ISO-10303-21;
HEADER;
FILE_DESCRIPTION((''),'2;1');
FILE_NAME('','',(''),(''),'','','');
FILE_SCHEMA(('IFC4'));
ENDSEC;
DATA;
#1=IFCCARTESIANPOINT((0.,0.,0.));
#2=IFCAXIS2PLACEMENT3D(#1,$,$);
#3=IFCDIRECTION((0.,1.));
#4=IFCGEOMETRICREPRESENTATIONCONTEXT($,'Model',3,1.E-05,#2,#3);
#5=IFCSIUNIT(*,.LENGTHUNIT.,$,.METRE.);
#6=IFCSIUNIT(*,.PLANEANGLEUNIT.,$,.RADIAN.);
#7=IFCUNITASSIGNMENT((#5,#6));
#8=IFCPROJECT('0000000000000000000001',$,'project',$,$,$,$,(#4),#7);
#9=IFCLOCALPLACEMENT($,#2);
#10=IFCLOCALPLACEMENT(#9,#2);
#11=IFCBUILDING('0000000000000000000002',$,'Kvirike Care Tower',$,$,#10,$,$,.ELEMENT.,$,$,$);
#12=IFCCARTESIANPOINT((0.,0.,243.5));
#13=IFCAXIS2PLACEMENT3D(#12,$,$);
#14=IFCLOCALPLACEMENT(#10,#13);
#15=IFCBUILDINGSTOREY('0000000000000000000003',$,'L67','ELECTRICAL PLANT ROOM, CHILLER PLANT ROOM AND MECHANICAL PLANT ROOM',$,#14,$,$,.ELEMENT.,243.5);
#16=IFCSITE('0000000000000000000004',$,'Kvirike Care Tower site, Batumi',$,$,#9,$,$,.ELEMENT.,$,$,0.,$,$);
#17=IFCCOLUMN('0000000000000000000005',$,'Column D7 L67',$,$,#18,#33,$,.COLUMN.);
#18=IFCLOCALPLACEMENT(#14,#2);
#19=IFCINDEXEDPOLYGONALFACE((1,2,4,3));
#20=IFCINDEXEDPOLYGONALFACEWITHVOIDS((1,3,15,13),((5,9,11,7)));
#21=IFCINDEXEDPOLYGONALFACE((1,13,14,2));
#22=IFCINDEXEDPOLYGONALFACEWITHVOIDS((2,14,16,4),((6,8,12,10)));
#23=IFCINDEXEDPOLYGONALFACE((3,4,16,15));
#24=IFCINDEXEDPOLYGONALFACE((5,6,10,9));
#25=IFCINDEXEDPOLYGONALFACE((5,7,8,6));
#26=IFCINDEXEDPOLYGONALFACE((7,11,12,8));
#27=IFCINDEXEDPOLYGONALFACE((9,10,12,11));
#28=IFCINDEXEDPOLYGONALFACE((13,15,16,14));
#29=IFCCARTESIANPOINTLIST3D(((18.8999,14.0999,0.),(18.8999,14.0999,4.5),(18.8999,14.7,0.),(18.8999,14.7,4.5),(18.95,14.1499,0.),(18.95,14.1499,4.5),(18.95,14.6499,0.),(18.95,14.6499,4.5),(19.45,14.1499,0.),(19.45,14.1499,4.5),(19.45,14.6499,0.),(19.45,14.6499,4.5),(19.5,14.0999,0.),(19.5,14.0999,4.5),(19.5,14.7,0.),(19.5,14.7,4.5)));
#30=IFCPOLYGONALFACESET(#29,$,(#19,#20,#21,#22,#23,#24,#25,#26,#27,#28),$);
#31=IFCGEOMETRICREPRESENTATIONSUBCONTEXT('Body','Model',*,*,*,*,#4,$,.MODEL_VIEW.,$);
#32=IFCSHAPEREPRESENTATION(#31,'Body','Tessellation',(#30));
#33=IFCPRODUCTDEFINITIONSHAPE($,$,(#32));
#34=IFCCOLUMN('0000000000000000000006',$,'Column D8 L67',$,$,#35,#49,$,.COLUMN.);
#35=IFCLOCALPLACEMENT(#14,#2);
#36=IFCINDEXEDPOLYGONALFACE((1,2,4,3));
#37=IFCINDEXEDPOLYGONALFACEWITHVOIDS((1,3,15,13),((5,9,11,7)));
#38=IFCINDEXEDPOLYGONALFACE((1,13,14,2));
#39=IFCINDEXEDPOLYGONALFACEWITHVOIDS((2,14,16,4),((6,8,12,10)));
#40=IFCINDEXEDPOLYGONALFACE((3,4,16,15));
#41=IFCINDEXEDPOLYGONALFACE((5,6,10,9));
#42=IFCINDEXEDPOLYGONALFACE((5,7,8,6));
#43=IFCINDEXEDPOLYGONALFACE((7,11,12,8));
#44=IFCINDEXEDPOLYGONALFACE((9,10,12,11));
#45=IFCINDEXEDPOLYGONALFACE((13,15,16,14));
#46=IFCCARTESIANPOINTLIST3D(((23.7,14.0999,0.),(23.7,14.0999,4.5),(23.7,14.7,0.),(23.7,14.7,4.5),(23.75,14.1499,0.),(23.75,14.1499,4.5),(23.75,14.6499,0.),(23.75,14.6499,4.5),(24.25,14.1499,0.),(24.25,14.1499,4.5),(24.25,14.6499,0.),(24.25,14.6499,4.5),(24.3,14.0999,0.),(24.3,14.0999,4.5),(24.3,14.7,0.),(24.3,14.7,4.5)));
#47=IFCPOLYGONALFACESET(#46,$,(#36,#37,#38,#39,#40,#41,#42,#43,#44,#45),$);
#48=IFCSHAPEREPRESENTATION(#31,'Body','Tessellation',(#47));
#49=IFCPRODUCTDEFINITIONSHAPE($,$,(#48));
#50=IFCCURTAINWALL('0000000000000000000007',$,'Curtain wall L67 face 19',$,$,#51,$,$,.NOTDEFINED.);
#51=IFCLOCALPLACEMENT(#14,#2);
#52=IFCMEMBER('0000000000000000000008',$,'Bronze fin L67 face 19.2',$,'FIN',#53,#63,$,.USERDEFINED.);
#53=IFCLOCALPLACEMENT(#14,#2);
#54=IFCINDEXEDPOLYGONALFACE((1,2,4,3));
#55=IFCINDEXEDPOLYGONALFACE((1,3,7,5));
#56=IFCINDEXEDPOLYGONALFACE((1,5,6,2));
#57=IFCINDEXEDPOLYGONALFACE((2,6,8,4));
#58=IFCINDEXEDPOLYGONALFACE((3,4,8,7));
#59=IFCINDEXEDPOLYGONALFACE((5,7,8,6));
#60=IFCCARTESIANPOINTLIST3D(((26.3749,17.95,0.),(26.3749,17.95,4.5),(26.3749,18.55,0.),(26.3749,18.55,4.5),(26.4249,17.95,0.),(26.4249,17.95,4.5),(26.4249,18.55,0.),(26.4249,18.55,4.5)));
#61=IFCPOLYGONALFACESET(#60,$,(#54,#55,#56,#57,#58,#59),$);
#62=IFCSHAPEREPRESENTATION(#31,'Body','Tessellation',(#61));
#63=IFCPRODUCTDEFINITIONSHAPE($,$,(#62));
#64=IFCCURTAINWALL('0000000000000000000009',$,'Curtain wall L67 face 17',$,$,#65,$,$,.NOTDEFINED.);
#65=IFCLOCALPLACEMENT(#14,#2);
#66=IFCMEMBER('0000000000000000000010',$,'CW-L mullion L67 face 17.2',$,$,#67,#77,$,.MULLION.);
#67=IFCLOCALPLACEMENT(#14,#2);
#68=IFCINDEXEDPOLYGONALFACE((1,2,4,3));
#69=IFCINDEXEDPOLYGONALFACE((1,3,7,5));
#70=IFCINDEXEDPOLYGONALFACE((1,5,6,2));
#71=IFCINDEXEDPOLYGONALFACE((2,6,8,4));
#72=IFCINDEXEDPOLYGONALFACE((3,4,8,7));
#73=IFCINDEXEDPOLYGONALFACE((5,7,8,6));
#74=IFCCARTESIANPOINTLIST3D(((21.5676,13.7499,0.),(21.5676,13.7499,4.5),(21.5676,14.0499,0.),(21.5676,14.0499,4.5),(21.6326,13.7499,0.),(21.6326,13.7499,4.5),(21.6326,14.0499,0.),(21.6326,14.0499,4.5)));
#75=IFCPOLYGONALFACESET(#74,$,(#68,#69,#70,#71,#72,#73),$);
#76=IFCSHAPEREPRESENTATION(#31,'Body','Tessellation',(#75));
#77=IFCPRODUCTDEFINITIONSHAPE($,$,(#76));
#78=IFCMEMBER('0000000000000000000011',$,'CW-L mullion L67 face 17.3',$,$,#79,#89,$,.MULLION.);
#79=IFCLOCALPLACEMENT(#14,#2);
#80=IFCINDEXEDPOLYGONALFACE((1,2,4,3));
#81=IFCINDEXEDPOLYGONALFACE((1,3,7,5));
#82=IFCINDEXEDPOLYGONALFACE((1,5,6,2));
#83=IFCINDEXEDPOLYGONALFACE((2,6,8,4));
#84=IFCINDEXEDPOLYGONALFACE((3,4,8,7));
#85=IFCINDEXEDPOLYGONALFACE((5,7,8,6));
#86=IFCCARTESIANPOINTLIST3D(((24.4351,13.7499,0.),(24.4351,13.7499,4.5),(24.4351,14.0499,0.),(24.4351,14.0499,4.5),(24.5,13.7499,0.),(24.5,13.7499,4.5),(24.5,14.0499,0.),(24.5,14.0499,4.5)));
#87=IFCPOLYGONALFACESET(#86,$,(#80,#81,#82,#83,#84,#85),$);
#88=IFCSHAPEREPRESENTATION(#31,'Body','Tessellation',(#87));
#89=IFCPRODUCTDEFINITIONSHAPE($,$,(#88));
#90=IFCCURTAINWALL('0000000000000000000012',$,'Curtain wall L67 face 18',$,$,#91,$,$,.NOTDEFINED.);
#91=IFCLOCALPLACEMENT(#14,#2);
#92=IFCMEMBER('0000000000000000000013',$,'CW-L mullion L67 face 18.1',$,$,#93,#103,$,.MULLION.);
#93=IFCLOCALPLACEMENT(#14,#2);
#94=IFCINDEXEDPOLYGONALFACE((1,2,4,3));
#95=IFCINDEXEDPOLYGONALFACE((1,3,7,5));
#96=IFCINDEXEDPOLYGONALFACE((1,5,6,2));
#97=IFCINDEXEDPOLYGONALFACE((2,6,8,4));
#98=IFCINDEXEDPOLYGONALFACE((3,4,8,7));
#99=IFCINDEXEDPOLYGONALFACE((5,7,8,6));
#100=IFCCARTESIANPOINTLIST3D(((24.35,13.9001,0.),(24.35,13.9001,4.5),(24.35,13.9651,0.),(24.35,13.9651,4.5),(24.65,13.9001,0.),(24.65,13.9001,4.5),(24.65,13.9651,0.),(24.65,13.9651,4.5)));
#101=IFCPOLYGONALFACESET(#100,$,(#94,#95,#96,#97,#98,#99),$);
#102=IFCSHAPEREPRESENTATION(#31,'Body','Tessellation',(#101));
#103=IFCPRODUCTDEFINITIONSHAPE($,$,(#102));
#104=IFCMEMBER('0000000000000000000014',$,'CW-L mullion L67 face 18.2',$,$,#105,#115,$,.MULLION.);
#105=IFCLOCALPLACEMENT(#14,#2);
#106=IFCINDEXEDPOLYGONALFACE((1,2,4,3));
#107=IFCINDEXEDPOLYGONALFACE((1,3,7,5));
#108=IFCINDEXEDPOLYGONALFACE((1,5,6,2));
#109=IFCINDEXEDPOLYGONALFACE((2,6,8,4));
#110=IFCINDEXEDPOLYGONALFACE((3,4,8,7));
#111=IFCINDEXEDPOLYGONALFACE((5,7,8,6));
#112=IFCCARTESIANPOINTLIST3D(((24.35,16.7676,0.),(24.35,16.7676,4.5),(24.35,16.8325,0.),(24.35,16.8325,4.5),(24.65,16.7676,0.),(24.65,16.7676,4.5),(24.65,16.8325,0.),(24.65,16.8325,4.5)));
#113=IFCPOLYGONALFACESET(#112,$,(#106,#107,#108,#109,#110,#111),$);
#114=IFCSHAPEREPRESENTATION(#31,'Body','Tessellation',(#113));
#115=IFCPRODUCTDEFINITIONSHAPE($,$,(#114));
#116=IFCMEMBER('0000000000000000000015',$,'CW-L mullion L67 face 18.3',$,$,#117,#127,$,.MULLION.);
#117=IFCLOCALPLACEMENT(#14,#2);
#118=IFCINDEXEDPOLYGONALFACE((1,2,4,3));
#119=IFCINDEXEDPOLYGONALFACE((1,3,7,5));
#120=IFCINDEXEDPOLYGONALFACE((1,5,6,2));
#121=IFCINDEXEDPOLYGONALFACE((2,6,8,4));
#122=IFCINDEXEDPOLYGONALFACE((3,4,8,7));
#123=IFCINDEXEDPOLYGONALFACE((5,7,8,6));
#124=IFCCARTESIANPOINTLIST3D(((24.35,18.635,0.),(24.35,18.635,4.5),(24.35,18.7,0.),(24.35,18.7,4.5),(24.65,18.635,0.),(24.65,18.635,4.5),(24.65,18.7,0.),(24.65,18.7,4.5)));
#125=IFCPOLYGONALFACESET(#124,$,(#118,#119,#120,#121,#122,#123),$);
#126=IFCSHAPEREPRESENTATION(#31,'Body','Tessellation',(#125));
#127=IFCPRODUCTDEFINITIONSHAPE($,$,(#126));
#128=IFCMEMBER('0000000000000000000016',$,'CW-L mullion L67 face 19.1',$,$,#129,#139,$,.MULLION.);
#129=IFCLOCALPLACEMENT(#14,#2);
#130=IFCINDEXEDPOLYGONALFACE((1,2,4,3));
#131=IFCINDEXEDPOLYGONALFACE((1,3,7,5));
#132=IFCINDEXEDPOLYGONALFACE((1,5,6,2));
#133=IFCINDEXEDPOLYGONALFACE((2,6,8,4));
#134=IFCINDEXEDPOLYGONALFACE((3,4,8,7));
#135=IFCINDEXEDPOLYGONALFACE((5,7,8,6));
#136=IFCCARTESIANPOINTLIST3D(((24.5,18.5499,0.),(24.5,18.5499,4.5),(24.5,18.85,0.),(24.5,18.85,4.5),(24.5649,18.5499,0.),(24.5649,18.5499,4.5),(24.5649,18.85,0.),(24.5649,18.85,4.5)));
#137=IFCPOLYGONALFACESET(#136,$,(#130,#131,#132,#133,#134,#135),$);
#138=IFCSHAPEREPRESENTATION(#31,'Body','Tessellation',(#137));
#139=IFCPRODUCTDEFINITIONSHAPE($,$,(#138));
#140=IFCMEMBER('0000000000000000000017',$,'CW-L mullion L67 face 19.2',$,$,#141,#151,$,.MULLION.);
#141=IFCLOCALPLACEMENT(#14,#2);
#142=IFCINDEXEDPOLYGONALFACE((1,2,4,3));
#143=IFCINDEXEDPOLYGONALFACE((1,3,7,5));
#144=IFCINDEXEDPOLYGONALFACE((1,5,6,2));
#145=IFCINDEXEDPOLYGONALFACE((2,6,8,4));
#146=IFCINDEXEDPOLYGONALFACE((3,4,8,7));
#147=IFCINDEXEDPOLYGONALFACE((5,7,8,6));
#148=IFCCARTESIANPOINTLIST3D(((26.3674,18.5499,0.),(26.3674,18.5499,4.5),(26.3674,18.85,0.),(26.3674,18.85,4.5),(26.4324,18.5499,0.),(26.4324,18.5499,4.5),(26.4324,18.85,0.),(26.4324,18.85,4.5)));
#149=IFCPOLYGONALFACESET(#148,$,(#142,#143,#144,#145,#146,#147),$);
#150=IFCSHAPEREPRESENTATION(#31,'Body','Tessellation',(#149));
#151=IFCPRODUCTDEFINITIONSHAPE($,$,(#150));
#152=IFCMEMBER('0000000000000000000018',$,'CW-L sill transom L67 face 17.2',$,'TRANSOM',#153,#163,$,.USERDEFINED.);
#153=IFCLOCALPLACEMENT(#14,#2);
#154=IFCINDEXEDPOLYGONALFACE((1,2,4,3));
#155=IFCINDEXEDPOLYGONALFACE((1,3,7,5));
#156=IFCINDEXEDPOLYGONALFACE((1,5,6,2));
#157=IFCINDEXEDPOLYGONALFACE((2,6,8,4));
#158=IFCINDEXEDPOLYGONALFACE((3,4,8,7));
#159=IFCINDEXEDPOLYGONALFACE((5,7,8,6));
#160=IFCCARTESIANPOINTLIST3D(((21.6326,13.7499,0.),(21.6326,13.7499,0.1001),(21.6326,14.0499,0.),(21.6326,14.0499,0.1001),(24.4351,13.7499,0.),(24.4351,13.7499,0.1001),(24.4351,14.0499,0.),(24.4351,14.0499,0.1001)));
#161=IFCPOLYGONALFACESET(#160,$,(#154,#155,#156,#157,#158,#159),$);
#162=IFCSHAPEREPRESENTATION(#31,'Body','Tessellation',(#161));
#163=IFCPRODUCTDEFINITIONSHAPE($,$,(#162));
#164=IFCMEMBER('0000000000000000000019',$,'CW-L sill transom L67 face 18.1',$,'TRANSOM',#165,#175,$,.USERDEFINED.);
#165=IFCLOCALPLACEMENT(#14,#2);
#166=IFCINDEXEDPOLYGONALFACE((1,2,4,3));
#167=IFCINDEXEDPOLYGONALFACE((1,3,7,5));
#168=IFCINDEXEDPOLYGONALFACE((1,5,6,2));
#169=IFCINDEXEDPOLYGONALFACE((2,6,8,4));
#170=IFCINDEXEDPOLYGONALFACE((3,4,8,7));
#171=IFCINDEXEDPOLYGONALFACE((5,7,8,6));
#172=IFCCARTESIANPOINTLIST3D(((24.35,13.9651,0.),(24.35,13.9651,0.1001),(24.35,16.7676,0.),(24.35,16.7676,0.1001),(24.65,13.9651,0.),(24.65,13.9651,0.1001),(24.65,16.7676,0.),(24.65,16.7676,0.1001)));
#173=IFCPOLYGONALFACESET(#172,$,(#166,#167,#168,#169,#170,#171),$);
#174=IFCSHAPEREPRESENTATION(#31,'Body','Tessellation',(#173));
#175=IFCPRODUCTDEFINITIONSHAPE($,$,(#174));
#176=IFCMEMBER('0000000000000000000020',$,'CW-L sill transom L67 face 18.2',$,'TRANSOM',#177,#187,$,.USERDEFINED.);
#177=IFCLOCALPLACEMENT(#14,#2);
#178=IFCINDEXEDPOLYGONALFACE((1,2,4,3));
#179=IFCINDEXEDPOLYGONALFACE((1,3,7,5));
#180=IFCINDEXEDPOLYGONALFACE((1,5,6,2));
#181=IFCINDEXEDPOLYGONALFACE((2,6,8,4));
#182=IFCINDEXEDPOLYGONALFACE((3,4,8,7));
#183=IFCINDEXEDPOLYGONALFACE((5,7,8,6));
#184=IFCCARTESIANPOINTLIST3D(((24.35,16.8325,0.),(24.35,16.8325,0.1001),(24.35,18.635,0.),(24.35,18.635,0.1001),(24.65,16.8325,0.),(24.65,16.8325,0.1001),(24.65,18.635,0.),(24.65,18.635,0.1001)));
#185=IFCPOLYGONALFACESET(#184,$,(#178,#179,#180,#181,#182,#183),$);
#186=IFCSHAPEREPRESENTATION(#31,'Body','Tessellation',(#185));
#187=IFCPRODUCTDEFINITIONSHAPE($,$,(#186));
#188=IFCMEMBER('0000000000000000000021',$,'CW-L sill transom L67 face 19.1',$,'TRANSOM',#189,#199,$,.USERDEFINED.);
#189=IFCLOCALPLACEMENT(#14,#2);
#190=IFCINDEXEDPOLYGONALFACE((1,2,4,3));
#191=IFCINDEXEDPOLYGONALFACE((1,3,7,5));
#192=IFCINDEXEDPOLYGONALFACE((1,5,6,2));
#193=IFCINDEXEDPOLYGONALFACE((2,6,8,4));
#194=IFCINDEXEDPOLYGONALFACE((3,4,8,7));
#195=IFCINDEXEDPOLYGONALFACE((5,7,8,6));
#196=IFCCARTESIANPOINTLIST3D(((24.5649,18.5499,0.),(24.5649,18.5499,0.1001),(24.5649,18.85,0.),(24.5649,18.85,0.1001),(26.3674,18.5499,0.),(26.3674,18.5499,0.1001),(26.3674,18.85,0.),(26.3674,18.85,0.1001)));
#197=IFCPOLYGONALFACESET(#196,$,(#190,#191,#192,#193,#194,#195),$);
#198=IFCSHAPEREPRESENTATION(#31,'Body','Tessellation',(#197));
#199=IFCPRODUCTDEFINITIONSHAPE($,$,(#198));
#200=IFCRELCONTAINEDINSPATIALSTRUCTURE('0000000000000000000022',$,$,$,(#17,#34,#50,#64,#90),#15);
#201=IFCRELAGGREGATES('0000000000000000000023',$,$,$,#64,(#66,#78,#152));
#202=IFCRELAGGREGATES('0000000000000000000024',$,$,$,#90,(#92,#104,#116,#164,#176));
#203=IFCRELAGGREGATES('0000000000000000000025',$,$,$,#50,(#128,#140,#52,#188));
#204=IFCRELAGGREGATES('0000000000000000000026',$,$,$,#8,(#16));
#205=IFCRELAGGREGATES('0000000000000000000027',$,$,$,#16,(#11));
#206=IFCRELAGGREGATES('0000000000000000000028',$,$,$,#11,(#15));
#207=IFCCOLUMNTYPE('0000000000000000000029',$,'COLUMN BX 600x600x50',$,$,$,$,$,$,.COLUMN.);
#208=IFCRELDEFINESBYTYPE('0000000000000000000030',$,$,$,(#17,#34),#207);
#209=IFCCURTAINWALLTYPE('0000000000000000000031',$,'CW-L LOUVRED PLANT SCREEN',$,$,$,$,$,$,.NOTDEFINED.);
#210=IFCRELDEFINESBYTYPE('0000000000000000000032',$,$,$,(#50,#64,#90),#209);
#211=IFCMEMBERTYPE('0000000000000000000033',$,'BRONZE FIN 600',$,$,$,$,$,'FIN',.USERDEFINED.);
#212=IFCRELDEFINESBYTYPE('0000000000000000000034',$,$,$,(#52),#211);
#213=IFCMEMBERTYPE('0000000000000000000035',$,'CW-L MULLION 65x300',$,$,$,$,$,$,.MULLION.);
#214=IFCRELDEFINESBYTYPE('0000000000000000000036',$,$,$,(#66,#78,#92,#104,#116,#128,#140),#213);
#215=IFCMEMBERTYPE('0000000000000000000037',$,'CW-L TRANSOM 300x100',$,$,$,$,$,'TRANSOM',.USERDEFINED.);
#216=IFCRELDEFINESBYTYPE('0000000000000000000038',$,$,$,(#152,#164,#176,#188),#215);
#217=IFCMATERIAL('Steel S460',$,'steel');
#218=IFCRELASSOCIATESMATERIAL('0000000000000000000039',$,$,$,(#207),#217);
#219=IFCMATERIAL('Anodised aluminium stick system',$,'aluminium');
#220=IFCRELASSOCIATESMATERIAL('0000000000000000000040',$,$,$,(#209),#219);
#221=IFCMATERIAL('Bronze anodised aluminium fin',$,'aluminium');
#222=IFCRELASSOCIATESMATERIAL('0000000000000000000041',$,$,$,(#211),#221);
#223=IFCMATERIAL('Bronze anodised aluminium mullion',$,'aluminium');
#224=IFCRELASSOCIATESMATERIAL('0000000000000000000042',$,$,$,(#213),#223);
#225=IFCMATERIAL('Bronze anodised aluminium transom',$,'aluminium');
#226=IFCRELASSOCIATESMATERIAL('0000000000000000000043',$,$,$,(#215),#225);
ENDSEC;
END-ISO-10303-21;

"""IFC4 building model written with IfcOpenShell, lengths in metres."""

from ifc_helpers import new_model, si_unit, direction, frame, origin, origin_2d, place, context, subcontext, project, spatial, rectangle, hollow_rectangle, extrude, material, material_profile, profile_set, type_object, element, aggregate, save


model = new_model("IFC4")

# Units and contexts
model_context = context("Model", 3, precision=1e-05, world=origin(), true_north=direction((0.0, 1.0)))
body_context = subcontext(model_context, "Body", "Model", "MODEL_VIEW")
ifc_project = project(units=[si_unit("LENGTHUNIT", "METRE"), si_unit("PLANEANGLEUNIT", "RADIAN")], contexts=[model_context])

# Site, building, storey
site_placement = place(None, origin())
site = spatial("IfcSite", under=ifc_project, at=site_placement, Name="Kvirike Care Tower site, Batumi", CompositionType="ELEMENT", RefElevation=0.0)
building_placement = place(site_placement, origin())
building = spatial("IfcBuilding", under=site, at=building_placement, Name="Kvirike Care Tower", CompositionType="ELEMENT")
storey_placement = place(building_placement, frame((0.0, 0.0, 243.5)))
storey = spatial("IfcBuildingStorey", under=building, at=storey_placement, Name="L67", Description="ELECTRICAL PLANT ROOM, CHILLER PLANT ROOM AND MECHANICAL PLANT ROOM", CompositionType="ELEMENT", Elevation=243.5)

# Columns
ifc_material_1 = material(Name="Steel S460", Category="steel")
ifc_material_profile_1 = material_profile(ifc_material_1, hollow_rectangle(XDim=0.6001, YDim=0.6001, WallThickness=0.05, at=origin_2d()), Name="BX 600x600x50")
ifc_profile_set_1 = profile_set([ifc_material_profile_1], Name="Steel S460")
column_type = type_object("IfcColumnType", Name="COLUMN BX 600x600x50", PredefinedType="COLUMN", material=ifc_profile_set_1)
for number, where, z_axis, x_axis, name in (
    (1, (19.2, 14.3999, 0.0), (0.0, 0.0, 1.0), (0.0, 1.0, 0.0), "Column D7 L67"),
    (2, (24.0, 14.3999, 0.0), (0.0, 0.0, 1.0), (0.0, 1.0, 0.0), "Column D8 L67"),
):
    element("IfcColumn", number, at=place(storey_placement, frame(where, z_axis=z_axis, x_axis=x_axis)), inside=storey, type_object=column_type, Name=name, PredefinedType="COLUMN", context=body_context, shape_type="SweptSolid", body=[
        extrude(hollow_rectangle(XDim=0.6001, YDim=0.6001, WallThickness=0.05, at=origin_2d()), origin(), (0.0, 0.0, 1.0), 4.5),
    ])

# Curtain wall, member
ifc_material_2 = material(Name="Anodised aluminium stick system", Category="aluminium")
curtain_wall_type = type_object("IfcCurtainWallType", Name="CW-L LOUVRED PLANT SCREEN", PredefinedType="NOTDEFINED", material=ifc_material_2)
curtain_wall_1_placement = place(storey_placement, origin())
curtain_wall_1 = element("IfcCurtainWall", 3, at=curtain_wall_1_placement, inside=storey, type_object=curtain_wall_type, Name="Curtain wall L67 face 19", PredefinedType="NOTDEFINED")
ifc_material_3 = material(Name="Bronze anodised aluminium fin", Category="aluminium")
ifc_material_profile_2 = material_profile(ifc_material_3, rectangle(XDim=0.05, YDim=0.6001, at=origin_2d()), Name="BRONZE FIN 600")
ifc_profile_set_2 = profile_set([ifc_material_profile_2], Name="Bronze anodised aluminium fin")
member_type_1 = type_object("IfcMemberType", Name="BRONZE FIN 600", ElementType="FIN", PredefinedType="USERDEFINED", material=ifc_profile_set_2)
member_1_placement = place(storey_placement, frame((26.3999, 18.25, 0.0), z_axis=(0.0, 0.0, 1.0), x_axis=(1.0, 0.0, 0.0)))
member_1 = element("IfcMember", 4, at=member_1_placement, type_object=member_type_1, Name="Bronze fin L67 face 19.2", ObjectType="FIN", PredefinedType="USERDEFINED", context=body_context, shape_type="SweptSolid", body=[
    extrude(rectangle(XDim=0.05, YDim=0.6001, at=origin_2d()), origin(), (0.0, 0.0, 1.0), 4.5),
])

# Curtain walls, members
curtain_wall_2_placement = place(storey_placement, origin())
curtain_wall_2 = element("IfcCurtainWall", 5, at=curtain_wall_2_placement, inside=storey, type_object=curtain_wall_type, Name="Curtain wall L67 face 17", PredefinedType="NOTDEFINED")
ifc_material_4 = material(Name="Bronze anodised aluminium mullion", Category="aluminium")
ifc_material_profile_3 = material_profile(ifc_material_4, rectangle(XDim=0.0649, YDim=0.3, at=origin_2d()), Name="CW-L MULLION 65x300")
ifc_profile_set_3 = profile_set([ifc_material_profile_3], Name="Bronze anodised aluminium mullion")
member_type_2 = type_object("IfcMemberType", Name="CW-L MULLION 65x300", PredefinedType="MULLION", material=ifc_profile_set_3)
member_2_placement = place(storey_placement, frame((21.6001, 13.8999, 0.0), z_axis=(0.0, 0.0, 1.0), x_axis=(1.0, 0.0, 0.0)))
member_2 = element("IfcMember", 6, at=member_2_placement, type_object=member_type_2, Name="CW-L mullion L67 face 17.2", PredefinedType="MULLION", context=body_context, shape_type="SweptSolid", body=[
    extrude(rectangle(XDim=0.0649, YDim=0.3, at=origin_2d()), origin(), (0.0, 0.0, 1.0), 4.5),
])
member_3_placement = place(storey_placement, frame((24.4675, 13.8999, 0.0), z_axis=(0.0, 0.0, 1.0), x_axis=(1.0, 0.0, 0.0)))
member_3 = element("IfcMember", 7, at=member_3_placement, type_object=member_type_2, Name="CW-L mullion L67 face 17.3", PredefinedType="MULLION", context=body_context, shape_type="SweptSolid", body=[
    extrude(rectangle(XDim=0.0649, YDim=0.3, at=origin_2d()), origin(), (0.0, 0.0, 1.0), 4.5),
])
curtain_wall_3_placement = place(storey_placement, origin())
curtain_wall_3 = element("IfcCurtainWall", 8, at=curtain_wall_3_placement, inside=storey, type_object=curtain_wall_type, Name="Curtain wall L67 face 18", PredefinedType="NOTDEFINED")
member_4_placement = place(storey_placement, frame((24.5, 13.9326, 0.0), z_axis=(0.0, 0.0, 1.0), x_axis=(0.0, 1.0, 0.0)))
member_4 = element("IfcMember", 9, at=member_4_placement, type_object=member_type_2, Name="CW-L mullion L67 face 18.1", PredefinedType="MULLION", context=body_context, shape_type="SweptSolid", body=[
    extrude(rectangle(XDim=0.0649, YDim=0.3, at=origin_2d()), origin(), (0.0, 0.0, 1.0), 4.5),
])
member_5_placement = place(storey_placement, frame((24.5, 16.8, 0.0), z_axis=(0.0, 0.0, 1.0), x_axis=(0.0, 1.0, 0.0)))
member_5 = element("IfcMember", 10, at=member_5_placement, type_object=member_type_2, Name="CW-L mullion L67 face 18.2", PredefinedType="MULLION", context=body_context, shape_type="SweptSolid", body=[
    extrude(rectangle(XDim=0.0649, YDim=0.3, at=origin_2d()), origin(), (0.0, 0.0, 1.0), 4.5),
])
member_6_placement = place(storey_placement, frame((24.5, 18.6675, 0.0), z_axis=(0.0, 0.0, 1.0), x_axis=(0.0, 1.0, 0.0)))
member_6 = element("IfcMember", 11, at=member_6_placement, type_object=member_type_2, Name="CW-L mullion L67 face 18.3", PredefinedType="MULLION", context=body_context, shape_type="SweptSolid", body=[
    extrude(rectangle(XDim=0.0649, YDim=0.3, at=origin_2d()), origin(), (0.0, 0.0, 1.0), 4.5),
])

# Members
member_7_placement = place(storey_placement, frame((24.5325, 18.7, 0.0), z_axis=(0.0, 0.0, 1.0), x_axis=(1.0, 0.0, 0.0)))
member_7 = element("IfcMember", 12, at=member_7_placement, type_object=member_type_2, Name="CW-L mullion L67 face 19.1", PredefinedType="MULLION", context=body_context, shape_type="SweptSolid", body=[
    extrude(rectangle(XDim=0.0649, YDim=0.3, at=origin_2d()), origin(), (0.0, 0.0, 1.0), 4.5),
])
member_8_placement = place(storey_placement, frame((26.3999, 18.7, 0.0), z_axis=(0.0, 0.0, 1.0), x_axis=(1.0, 0.0, 0.0)))
member_8 = element("IfcMember", 13, at=member_8_placement, type_object=member_type_2, Name="CW-L mullion L67 face 19.2", PredefinedType="MULLION", context=body_context, shape_type="SweptSolid", body=[
    extrude(rectangle(XDim=0.0649, YDim=0.3, at=origin_2d()), origin(), (0.0, 0.0, 1.0), 4.5),
])
ifc_material_5 = material(Name="Bronze anodised aluminium transom", Category="aluminium")
ifc_material_profile_4 = material_profile(ifc_material_5, rectangle(XDim=0.3, YDim=0.1001, at=origin_2d()), Name="CW-L TRANSOM 300x100")
ifc_profile_set_4 = profile_set([ifc_material_profile_4], Name="Bronze anodised aluminium transom")
member_type_3 = type_object("IfcMemberType", Name="CW-L TRANSOM 300x100", ElementType="TRANSOM", PredefinedType="USERDEFINED", material=ifc_profile_set_4)
member_9_placement = place(storey_placement, frame((21.6326, 13.8999, 0.05), z_axis=(1.0, 0.0, 0.0), x_axis=(0.0, 1.0, 0.0)))
member_9 = element("IfcMember", 14, at=member_9_placement, type_object=member_type_3, Name="CW-L sill transom L67 face 17.2", ObjectType="TRANSOM", PredefinedType="USERDEFINED", context=body_context, shape_type="SweptSolid", body=[
    extrude(rectangle(XDim=0.3, YDim=0.1001, at=origin_2d()), origin(), (0.0, 0.0, 1.0), 2.8025),
])
member_10_placement = place(storey_placement, frame((24.5, 13.9651, 0.05), z_axis=(0.0, 1.0, 0.0), x_axis=(-1.0, 0.0, 0.0)))
member_10 = element("IfcMember", 15, at=member_10_placement, type_object=member_type_3, Name="CW-L sill transom L67 face 18.1", ObjectType="TRANSOM", PredefinedType="USERDEFINED", context=body_context, shape_type="SweptSolid", body=[
    extrude(rectangle(XDim=0.3, YDim=0.1001, at=origin_2d()), origin(), (0.0, 0.0, 1.0), 2.8025),
])
member_11_placement = place(storey_placement, frame((24.5, 16.8325, 0.05), z_axis=(0.0, 1.0, 0.0), x_axis=(-1.0, 0.0, 0.0)))
member_11 = element("IfcMember", 16, at=member_11_placement, type_object=member_type_3, Name="CW-L sill transom L67 face 18.2", ObjectType="TRANSOM", PredefinedType="USERDEFINED", context=body_context, shape_type="SweptSolid", body=[
    extrude(rectangle(XDim=0.3, YDim=0.1001, at=origin_2d()), origin(), (0.0, 0.0, 1.0), 1.8025),
])
member_12_placement = place(storey_placement, frame((24.5649, 18.7, 0.05), z_axis=(1.0, 0.0, 0.0), x_axis=(0.0, 1.0, 0.0)))
member_12 = element("IfcMember", 17, at=member_12_placement, type_object=member_type_3, Name="CW-L sill transom L67 face 19.1", ObjectType="TRANSOM", PredefinedType="USERDEFINED", context=body_context, shape_type="SweptSolid", body=[
    extrude(rectangle(XDim=0.3, YDim=0.1001, at=origin_2d()), origin(), (0.0, 0.0, 1.0), 1.8025),
])

aggregate(curtain_wall_2, [member_2, member_3, member_9])
aggregate(curtain_wall_3, [member_4, member_5, member_6, member_10, member_11])
aggregate(curtain_wall_1, [member_7, member_8, member_1, member_12])

save(model, "model.ifc")
